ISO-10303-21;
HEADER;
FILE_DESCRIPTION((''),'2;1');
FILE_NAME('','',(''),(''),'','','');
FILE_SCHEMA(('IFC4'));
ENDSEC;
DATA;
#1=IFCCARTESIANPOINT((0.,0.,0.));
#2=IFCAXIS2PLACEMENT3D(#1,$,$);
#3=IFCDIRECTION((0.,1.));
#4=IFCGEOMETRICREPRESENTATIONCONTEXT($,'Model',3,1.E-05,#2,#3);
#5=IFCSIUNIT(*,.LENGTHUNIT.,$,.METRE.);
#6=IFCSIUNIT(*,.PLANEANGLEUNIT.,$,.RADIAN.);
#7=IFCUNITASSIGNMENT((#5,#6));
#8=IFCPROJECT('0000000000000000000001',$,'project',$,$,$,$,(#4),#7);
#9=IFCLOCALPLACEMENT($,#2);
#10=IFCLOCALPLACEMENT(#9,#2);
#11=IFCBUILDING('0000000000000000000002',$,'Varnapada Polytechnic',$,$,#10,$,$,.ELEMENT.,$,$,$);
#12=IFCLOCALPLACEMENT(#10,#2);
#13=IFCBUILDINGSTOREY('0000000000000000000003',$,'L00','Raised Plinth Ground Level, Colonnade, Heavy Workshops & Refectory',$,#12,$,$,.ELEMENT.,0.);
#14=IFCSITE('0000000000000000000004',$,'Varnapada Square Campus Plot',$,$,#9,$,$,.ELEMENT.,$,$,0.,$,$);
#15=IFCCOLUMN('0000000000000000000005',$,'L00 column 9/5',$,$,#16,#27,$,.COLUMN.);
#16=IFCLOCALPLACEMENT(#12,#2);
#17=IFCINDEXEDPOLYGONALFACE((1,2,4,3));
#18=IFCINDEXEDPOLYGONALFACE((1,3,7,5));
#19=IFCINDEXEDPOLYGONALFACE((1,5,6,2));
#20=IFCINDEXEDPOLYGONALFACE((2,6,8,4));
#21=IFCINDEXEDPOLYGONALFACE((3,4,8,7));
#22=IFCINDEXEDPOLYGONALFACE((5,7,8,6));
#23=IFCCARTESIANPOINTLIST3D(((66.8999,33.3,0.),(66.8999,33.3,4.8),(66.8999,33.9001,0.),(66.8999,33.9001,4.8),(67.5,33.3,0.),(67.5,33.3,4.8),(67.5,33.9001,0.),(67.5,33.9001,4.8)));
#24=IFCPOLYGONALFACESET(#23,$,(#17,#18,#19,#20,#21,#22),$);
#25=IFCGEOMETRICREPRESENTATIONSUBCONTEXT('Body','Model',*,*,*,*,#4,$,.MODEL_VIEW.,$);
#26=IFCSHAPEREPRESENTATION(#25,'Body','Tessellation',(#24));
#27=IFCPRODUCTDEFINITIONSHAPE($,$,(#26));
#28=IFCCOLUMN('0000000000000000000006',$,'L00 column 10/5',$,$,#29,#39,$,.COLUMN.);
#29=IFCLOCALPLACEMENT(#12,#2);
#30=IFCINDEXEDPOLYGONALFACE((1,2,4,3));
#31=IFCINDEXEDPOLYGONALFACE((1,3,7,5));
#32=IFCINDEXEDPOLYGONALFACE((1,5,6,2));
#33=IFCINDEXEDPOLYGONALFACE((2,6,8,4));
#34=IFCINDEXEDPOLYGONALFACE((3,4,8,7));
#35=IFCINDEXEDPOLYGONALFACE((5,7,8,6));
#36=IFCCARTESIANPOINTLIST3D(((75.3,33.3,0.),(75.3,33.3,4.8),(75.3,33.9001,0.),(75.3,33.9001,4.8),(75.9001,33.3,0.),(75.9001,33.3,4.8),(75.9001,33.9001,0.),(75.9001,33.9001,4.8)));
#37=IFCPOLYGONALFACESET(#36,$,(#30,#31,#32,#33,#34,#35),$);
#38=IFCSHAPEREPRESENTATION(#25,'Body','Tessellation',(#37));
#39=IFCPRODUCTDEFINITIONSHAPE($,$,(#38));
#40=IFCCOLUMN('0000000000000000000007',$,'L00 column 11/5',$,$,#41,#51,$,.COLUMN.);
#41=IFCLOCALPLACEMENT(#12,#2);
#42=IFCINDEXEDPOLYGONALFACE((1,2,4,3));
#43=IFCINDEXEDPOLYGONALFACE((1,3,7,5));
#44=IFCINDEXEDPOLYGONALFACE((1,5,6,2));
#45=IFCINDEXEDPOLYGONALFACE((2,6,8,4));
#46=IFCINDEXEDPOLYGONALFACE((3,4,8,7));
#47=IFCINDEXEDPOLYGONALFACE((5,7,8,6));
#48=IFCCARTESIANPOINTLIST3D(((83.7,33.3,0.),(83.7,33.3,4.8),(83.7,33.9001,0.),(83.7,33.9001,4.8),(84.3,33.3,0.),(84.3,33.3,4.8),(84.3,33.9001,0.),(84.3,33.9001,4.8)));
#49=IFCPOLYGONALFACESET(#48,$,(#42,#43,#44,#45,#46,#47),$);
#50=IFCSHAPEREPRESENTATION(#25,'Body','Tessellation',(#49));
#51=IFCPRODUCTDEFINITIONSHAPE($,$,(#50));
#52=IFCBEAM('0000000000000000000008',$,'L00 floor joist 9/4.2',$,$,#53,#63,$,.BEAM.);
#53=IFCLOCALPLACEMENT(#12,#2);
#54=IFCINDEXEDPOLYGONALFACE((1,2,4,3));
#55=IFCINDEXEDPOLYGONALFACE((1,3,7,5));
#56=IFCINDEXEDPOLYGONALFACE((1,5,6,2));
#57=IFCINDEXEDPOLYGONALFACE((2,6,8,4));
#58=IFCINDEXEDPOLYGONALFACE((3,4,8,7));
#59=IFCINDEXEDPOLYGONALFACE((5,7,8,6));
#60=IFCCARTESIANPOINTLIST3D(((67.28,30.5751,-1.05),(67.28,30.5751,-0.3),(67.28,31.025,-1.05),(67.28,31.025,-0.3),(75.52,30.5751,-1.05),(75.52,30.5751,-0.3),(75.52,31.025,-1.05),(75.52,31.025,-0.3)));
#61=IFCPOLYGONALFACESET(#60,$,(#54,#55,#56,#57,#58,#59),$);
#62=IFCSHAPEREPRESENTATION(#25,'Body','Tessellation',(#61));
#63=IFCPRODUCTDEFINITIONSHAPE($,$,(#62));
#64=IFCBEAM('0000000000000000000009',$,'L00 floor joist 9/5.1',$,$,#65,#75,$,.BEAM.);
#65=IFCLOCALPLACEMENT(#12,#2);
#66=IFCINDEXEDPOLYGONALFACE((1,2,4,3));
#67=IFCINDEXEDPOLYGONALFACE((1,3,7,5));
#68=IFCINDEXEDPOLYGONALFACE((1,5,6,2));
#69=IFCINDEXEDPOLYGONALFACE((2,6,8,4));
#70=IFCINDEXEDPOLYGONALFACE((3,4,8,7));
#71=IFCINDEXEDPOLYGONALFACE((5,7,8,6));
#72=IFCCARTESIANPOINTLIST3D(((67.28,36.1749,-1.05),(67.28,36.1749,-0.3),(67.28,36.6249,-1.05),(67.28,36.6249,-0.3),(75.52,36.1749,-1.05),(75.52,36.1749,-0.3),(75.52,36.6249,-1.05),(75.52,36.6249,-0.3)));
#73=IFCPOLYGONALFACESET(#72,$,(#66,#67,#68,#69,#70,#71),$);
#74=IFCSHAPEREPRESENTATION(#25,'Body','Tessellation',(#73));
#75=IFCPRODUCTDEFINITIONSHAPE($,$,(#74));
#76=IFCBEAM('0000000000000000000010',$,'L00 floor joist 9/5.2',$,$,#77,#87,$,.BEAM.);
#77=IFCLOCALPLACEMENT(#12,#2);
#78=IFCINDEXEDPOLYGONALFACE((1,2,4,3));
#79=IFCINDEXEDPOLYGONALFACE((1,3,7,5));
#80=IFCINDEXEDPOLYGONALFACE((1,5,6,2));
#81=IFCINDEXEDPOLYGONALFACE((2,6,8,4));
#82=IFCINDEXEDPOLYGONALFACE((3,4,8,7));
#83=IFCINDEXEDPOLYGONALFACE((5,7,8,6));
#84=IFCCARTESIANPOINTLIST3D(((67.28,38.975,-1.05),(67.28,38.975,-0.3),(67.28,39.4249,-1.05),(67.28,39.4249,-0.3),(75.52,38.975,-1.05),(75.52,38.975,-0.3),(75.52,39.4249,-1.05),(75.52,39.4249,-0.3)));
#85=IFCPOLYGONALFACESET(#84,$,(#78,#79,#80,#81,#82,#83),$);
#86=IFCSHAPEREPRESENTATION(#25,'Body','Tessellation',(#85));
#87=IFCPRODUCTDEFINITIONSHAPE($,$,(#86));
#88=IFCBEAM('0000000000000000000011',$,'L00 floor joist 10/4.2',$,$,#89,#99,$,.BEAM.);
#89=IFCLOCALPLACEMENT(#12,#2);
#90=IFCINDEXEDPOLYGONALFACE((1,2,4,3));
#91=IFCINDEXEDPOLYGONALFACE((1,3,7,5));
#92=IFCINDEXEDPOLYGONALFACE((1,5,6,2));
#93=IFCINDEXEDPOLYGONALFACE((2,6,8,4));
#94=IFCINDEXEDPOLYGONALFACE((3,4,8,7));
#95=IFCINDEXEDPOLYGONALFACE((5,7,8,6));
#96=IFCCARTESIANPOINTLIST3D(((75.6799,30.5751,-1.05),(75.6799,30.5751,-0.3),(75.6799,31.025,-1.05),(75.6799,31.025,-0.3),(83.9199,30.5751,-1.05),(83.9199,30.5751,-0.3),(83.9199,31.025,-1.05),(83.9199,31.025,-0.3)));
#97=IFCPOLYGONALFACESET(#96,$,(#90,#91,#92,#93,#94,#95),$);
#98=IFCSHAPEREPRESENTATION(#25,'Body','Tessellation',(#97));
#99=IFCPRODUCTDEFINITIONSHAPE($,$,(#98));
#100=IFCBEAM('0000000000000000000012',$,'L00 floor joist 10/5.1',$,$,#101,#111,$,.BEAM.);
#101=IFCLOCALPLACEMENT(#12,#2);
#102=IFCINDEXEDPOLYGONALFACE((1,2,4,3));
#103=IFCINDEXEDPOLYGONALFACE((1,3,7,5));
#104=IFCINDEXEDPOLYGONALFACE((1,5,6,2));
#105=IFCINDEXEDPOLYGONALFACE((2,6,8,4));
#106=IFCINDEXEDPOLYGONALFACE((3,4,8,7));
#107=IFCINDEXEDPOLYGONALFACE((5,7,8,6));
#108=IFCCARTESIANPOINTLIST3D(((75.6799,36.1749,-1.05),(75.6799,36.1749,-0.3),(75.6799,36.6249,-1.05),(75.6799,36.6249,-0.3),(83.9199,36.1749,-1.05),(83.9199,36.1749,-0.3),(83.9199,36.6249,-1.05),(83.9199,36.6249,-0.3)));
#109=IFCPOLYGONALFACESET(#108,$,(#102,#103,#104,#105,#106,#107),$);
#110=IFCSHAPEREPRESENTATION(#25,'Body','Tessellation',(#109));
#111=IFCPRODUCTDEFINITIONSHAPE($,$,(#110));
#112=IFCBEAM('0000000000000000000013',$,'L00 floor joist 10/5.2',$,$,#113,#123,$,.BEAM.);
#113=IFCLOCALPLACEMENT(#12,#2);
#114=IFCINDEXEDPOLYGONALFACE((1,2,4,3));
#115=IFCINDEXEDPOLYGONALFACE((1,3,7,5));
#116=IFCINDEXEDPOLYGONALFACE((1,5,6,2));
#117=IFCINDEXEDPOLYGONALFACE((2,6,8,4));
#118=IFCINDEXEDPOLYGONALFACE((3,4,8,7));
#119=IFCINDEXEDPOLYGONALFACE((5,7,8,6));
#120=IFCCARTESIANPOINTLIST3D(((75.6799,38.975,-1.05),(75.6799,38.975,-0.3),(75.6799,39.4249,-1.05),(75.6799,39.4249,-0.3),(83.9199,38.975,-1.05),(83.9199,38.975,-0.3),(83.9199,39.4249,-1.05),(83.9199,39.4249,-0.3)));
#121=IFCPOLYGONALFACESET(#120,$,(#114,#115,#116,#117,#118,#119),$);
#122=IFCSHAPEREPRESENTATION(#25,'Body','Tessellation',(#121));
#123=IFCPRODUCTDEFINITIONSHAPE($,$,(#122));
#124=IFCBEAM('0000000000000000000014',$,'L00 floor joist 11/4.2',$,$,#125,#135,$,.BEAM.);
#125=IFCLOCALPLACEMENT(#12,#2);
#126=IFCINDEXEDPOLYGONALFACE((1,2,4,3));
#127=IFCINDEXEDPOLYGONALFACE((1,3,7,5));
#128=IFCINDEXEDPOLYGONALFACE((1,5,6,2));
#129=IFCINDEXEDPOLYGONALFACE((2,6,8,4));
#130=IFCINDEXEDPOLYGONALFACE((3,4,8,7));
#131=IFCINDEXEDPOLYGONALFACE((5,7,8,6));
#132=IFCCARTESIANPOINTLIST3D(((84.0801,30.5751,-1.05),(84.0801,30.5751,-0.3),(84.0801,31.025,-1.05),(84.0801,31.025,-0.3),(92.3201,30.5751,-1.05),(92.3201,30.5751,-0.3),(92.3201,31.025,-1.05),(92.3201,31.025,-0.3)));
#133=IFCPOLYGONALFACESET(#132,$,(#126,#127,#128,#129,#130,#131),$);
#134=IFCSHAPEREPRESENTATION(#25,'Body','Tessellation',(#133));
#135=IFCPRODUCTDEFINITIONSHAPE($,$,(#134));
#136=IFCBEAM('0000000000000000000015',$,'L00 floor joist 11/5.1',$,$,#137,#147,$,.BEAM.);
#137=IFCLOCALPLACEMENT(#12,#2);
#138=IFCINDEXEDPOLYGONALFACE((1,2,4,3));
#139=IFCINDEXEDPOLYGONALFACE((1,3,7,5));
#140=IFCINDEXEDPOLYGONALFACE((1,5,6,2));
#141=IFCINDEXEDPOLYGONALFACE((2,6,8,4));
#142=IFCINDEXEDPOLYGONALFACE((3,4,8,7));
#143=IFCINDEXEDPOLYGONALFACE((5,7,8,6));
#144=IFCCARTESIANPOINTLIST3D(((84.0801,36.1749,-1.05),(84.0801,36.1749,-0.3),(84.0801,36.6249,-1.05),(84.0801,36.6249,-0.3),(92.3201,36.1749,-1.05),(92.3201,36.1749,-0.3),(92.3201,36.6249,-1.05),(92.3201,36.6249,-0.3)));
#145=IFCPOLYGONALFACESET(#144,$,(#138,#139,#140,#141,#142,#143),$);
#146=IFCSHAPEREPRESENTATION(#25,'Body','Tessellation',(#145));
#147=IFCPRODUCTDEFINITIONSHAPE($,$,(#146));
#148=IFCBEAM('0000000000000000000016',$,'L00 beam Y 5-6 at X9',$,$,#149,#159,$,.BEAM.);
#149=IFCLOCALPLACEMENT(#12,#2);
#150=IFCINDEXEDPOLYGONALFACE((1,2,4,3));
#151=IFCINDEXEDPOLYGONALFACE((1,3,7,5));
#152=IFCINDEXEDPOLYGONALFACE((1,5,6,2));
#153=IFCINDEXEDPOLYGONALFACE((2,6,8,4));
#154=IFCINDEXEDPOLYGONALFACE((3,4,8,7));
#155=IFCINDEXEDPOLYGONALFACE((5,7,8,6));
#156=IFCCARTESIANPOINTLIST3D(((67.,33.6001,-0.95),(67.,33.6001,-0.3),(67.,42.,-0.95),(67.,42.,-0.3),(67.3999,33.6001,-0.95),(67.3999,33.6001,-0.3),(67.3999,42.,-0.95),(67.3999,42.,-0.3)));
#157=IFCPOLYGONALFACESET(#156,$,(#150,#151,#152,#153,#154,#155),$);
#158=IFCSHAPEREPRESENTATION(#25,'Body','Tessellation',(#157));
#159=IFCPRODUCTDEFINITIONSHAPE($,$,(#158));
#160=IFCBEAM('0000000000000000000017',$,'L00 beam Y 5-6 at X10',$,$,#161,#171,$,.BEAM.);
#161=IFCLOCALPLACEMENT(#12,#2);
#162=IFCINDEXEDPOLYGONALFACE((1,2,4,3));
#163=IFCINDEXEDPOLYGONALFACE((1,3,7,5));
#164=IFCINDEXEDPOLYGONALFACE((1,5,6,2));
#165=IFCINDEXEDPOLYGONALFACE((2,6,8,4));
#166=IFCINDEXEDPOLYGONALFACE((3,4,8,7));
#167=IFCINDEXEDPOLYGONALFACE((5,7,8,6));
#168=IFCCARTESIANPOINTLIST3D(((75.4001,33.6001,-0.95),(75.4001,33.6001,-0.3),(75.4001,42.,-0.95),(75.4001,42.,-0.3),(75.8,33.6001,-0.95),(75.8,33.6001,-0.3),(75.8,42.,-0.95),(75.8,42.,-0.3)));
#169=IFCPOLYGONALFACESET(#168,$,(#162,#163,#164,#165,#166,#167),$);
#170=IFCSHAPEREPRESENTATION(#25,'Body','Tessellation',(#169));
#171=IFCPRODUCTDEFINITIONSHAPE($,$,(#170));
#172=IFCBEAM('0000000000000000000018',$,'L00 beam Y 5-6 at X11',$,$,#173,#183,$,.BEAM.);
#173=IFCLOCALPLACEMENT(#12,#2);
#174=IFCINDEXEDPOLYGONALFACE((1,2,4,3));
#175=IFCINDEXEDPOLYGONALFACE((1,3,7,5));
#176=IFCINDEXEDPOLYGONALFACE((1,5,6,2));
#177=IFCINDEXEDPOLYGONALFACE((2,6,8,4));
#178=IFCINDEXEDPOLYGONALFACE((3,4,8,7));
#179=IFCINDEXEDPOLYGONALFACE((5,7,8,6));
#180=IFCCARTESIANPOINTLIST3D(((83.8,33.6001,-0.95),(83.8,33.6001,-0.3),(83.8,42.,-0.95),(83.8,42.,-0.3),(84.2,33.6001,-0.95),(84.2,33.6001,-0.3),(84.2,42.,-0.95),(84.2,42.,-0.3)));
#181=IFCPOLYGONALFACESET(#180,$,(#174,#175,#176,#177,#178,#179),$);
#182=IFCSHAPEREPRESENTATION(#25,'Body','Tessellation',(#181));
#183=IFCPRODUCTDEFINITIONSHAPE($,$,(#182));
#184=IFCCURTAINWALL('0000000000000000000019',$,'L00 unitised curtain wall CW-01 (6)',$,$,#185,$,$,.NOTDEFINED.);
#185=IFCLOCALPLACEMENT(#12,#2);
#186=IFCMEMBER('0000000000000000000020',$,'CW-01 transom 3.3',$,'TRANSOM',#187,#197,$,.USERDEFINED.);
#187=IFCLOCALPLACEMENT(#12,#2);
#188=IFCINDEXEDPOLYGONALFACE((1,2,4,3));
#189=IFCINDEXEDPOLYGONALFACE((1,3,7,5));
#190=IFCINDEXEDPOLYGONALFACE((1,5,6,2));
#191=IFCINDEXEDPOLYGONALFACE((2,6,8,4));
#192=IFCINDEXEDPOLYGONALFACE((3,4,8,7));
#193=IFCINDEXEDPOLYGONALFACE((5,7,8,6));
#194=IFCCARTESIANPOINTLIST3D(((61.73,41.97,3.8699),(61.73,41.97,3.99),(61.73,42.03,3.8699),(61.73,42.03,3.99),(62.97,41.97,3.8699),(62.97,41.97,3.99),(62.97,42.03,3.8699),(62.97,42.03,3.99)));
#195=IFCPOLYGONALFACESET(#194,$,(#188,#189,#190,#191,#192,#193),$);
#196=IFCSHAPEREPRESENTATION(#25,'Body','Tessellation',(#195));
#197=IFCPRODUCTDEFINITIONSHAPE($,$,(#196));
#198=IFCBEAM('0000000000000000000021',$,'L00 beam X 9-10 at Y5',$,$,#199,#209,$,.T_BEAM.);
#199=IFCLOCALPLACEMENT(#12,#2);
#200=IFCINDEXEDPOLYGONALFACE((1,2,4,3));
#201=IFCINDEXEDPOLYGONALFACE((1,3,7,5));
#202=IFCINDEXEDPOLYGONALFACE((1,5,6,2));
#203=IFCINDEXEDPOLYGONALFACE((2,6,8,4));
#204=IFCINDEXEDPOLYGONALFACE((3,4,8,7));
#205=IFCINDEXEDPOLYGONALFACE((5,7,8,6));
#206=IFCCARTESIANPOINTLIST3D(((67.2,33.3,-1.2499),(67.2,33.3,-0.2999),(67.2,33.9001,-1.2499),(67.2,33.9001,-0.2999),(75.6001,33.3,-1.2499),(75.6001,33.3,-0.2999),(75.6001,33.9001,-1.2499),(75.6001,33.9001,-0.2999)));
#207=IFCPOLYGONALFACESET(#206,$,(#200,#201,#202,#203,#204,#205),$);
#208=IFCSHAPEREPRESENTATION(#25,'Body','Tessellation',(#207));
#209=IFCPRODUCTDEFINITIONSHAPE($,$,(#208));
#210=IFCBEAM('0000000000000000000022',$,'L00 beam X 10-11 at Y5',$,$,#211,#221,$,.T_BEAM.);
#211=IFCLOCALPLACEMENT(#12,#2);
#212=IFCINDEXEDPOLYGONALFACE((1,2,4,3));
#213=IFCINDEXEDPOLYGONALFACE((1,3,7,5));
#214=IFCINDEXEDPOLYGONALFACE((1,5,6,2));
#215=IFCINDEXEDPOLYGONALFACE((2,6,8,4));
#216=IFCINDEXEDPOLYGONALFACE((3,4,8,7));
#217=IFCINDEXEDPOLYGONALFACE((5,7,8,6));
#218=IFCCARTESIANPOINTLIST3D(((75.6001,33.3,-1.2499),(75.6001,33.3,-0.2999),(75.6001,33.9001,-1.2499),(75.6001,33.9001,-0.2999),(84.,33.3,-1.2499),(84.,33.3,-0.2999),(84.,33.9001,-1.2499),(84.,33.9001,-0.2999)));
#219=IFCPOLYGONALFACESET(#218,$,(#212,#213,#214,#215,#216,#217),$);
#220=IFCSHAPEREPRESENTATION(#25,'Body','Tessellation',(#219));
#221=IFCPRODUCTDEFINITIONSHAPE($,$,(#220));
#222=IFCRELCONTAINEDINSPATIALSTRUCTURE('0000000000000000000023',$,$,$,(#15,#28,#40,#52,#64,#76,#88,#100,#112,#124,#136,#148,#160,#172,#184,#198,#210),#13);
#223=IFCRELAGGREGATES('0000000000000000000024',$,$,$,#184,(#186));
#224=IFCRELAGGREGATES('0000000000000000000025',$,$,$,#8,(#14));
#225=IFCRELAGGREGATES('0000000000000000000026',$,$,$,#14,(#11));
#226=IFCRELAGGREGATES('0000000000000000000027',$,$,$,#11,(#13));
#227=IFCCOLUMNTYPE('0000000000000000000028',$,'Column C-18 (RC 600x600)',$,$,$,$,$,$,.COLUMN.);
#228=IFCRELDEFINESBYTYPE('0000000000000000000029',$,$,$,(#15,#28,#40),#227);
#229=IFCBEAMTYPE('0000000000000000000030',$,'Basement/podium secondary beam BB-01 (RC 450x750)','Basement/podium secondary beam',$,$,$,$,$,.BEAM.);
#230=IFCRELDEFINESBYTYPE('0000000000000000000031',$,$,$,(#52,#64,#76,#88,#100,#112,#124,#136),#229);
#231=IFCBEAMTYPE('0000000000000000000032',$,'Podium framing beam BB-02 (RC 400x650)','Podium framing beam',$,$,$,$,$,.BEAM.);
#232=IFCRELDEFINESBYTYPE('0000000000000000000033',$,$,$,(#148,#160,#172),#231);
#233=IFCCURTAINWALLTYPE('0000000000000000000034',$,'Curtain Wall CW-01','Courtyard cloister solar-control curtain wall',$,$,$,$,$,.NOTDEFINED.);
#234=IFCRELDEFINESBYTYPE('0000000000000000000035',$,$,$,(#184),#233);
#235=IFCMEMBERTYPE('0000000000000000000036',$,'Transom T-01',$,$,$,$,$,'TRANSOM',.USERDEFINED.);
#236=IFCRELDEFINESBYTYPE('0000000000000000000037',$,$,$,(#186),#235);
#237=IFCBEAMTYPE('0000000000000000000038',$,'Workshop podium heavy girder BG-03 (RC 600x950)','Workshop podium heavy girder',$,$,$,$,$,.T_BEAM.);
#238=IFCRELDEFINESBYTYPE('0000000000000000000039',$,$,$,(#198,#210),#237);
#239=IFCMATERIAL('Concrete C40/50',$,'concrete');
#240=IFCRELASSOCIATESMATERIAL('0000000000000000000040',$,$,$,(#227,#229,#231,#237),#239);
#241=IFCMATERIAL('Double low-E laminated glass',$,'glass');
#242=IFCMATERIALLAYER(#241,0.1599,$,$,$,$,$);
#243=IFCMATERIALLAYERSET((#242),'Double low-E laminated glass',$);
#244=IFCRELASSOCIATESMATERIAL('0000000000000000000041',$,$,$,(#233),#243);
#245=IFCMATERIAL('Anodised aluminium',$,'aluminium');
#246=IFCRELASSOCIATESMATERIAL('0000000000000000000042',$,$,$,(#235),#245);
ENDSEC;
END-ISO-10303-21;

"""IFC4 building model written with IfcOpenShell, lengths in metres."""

from ifc_helpers import new_model, si_unit, direction, frame, origin, origin_2d, place, context, subcontext, project, spatial, rectangle, extrude, material, layer, layer_set, material_profile, profile_set, type_object, element, aggregate, save


model = new_model("IFC4")

# Units and contexts
model_context = context("Model", 3, precision=1e-05, world=origin(), true_north=direction((0.0, 1.0)))
body_context = subcontext(model_context, "Body", "Model", "MODEL_VIEW")
ifc_project = project(units=[si_unit("LENGTHUNIT", "METRE"), si_unit("PLANEANGLEUNIT", "RADIAN")], contexts=[model_context])

# Site, building, storey
site_placement = place(None, origin())
site = spatial("IfcSite", under=ifc_project, at=site_placement, Name="Varnapada Square Campus Plot", CompositionType="ELEMENT", RefElevation=0.0)
building_placement = place(site_placement, origin())
building = spatial("IfcBuilding", under=site, at=building_placement, Name="Varnapada Polytechnic", CompositionType="ELEMENT")
storey_placement = place(building_placement, origin())
storey = spatial("IfcBuildingStorey", under=building, at=storey_placement, Name="L00", Description="Raised Plinth Ground Level, Colonnade, Heavy Workshops & Refectory", CompositionType="ELEMENT", Elevation=0.0)

# Columns
ifc_material_1 = material(Name="Concrete C40/50", Category="concrete")
ifc_material_profile_1 = material_profile(ifc_material_1, rectangle(XDim=0.6001, YDim=0.6001, at=origin_2d()), Name="RC 600x600")
ifc_profile_set_1 = profile_set([ifc_material_profile_1], Name="Concrete C40/50")
column_type = type_object("IfcColumnType", Name="Column C-18 (RC 600x600)", PredefinedType="COLUMN", material=ifc_profile_set_1)
for number, where, z_axis, x_axis, name in (
    (1, (67.2, 33.6001, 0.0), (0.0, 0.0, 1.0), (1.0, 0.0, 0.0), "L00 column 9/5"),
    (2, (75.6001, 33.6001, 0.0), (0.0, 0.0, 1.0), (1.0, 0.0, 0.0), "L00 column 10/5"),
    (3, (84.0, 33.6001, 0.0), (0.0, 0.0, 1.0), (1.0, 0.0, 0.0), "L00 column 11/5"),
):
    element("IfcColumn", number, at=place(storey_placement, frame(where, z_axis=z_axis, x_axis=x_axis)), inside=storey, type_object=column_type, Name=name, PredefinedType="COLUMN", context=body_context, shape_type="SweptSolid", body=[
        extrude(rectangle(XDim=0.6001, YDim=0.6001, at=origin_2d()), origin(), (0.0, 0.0, 1.0), 4.8),
    ])

# Beams
ifc_material_profile_2 = material_profile(ifc_material_1, rectangle(XDim=0.45, YDim=0.75, at=origin_2d()), Name="RC 450x750")
ifc_profile_set_2 = profile_set([ifc_material_profile_2], Name="Concrete C40/50")
beam_type_1 = type_object("IfcBeamType", Name="Basement/podium secondary beam BB-01 (RC 450x750)", Description="Basement/podium secondary beam", PredefinedType="BEAM", material=ifc_profile_set_2)
for number, where, z_axis, x_axis, name in (
    (4, (67.28, 30.8, -0.675), (1.0, 0.0, 0.0), (0.0, 1.0, 0.0), "L00 floor joist 9/4.2"),
    (5, (67.28, 36.3999, -0.675), (1.0, 0.0, 0.0), (0.0, 1.0, 0.0), "L00 floor joist 9/5.1"),
    (6, (67.28, 39.2, -0.675), (1.0, 0.0, 0.0), (0.0, 1.0, 0.0), "L00 floor joist 9/5.2"),
    (7, (75.6799, 30.8, -0.675), (1.0, 0.0, 0.0), (0.0, 1.0, 0.0), "L00 floor joist 10/4.2"),
    (8, (75.6799, 36.3999, -0.675), (1.0, 0.0, 0.0), (0.0, 1.0, 0.0), "L00 floor joist 10/5.1"),
    (9, (75.6799, 39.2, -0.675), (1.0, 0.0, 0.0), (0.0, 1.0, 0.0), "L00 floor joist 10/5.2"),
    (10, (84.0801, 30.8, -0.675), (1.0, 0.0, 0.0), (0.0, 1.0, 0.0), "L00 floor joist 11/4.2"),
    (11, (84.0801, 36.3999, -0.675), (1.0, 0.0, 0.0), (0.0, 1.0, 0.0), "L00 floor joist 11/5.1"),
):
    element("IfcBeam", number, at=place(storey_placement, frame(where, z_axis=z_axis, x_axis=x_axis)), inside=storey, type_object=beam_type_1, Name=name, PredefinedType="BEAM", context=body_context, shape_type="SweptSolid", body=[
        extrude(rectangle(XDim=0.45, YDim=0.75, at=origin_2d()), origin(), (0.0, 0.0, 1.0), 8.24),
    ])
ifc_material_profile_3 = material_profile(ifc_material_1, rectangle(XDim=0.3999, YDim=0.6499, at=origin_2d()), Name="RC 400x650")
ifc_profile_set_3 = profile_set([ifc_material_profile_3], Name="Concrete C40/50")
beam_type_2 = type_object("IfcBeamType", Name="Podium framing beam BB-02 (RC 400x650)", Description="Podium framing beam", PredefinedType="BEAM", material=ifc_profile_set_3)
for number, where, z_axis, x_axis, name in (
    (12, (67.2, 33.6001, -0.625), (0.0, 1.0, 0.0), (-1.0, 0.0, 0.0), "L00 beam Y 5-6 at X9"),
    (13, (75.6001, 33.6001, -0.625), (0.0, 1.0, 0.0), (-1.0, 0.0, 0.0), "L00 beam Y 5-6 at X10"),
    (14, (84.0, 33.6001, -0.625), (0.0, 1.0, 0.0), (-1.0, 0.0, 0.0), "L00 beam Y 5-6 at X11"),
):
    element("IfcBeam", number, at=place(storey_placement, frame(where, z_axis=z_axis, x_axis=x_axis)), inside=storey, type_object=beam_type_2, Name=name, PredefinedType="BEAM", context=body_context, shape_type="SweptSolid", body=[
        extrude(rectangle(XDim=0.3999, YDim=0.6499, at=origin_2d()), origin(), (0.0, 0.0, 1.0), 8.3999),
    ])

# Curtain wall, member
ifc_material_2 = material(Name="Double low-E laminated glass", Category="glass")
ifc_layer_1 = layer(ifc_material_2, 0.1599)
ifc_layer_set_1 = layer_set([ifc_layer_1], Name="Double low-E laminated glass")
curtain_wall_type = type_object("IfcCurtainWallType", Name="Curtain Wall CW-01", Description="Courtyard cloister solar-control curtain wall", PredefinedType="NOTDEFINED", material=ifc_layer_set_1)
curtain_wall_placement = place(storey_placement, origin())
curtain_wall = element("IfcCurtainWall", 15, at=curtain_wall_placement, inside=storey, type_object=curtain_wall_type, Name="L00 unitised curtain wall CW-01 (6)", PredefinedType="NOTDEFINED")
ifc_material_3 = material(Name="Anodised aluminium", Category="aluminium")
ifc_material_profile_4 = material_profile(ifc_material_3, rectangle(XDim=0.0601, YDim=0.1201, at=origin_2d()), Name="ALU T60x120")
ifc_profile_set_4 = profile_set([ifc_material_profile_4], Name="Anodised aluminium")
member_type = type_object("IfcMemberType", Name="Transom T-01", ElementType="TRANSOM", PredefinedType="USERDEFINED", material=ifc_profile_set_4)
member_placement = place(storey_placement, frame((61.73, 42.0, 3.9299), z_axis=(1.0, 0.0, 0.0), x_axis=(0.0, 1.0, 0.0)))
member = element("IfcMember", 16, at=member_placement, type_object=member_type, Name="CW-01 transom 3.3", ObjectType="TRANSOM", PredefinedType="USERDEFINED", context=body_context, shape_type="SweptSolid", body=[
    extrude(rectangle(XDim=0.0601, YDim=0.1201, at=origin_2d()), origin(), (0.0, 0.0, 1.0), 1.24),
])
aggregate(curtain_wall, [member])

# Beams
ifc_material_profile_5 = material_profile(ifc_material_1, rectangle(XDim=0.6001, YDim=0.95, at=origin_2d()), Name="RC 600x950")
ifc_profile_set_5 = profile_set([ifc_material_profile_5], Name="Concrete C40/50")
beam_type_3 = type_object("IfcBeamType", Name="Workshop podium heavy girder BG-03 (RC 600x950)", Description="Workshop podium heavy girder", PredefinedType="T_BEAM", material=ifc_profile_set_5)
beam_placement = place(storey_placement, frame((67.2, 33.6001, -0.7749), z_axis=(1.0, 0.0, 0.0), x_axis=(0.0, 1.0, 0.0)))
element("IfcBeam", 17, at=beam_placement, inside=storey, type_object=beam_type_3, Name="L00 beam X 9-10 at Y5", PredefinedType="T_BEAM", context=body_context, shape_type="SweptSolid", body=[
    extrude(rectangle(XDim=0.6001, YDim=0.95, at=origin_2d()), origin(), (0.0, 0.0, 1.0), 8.4001),
])
for number, where, z_axis, x_axis, name in (
    (18, (75.6001, 33.6001, -0.7749), (1.0, 0.0, 0.0), (0.0, 1.0, 0.0), "L00 beam X 10-11 at Y5"),
):
    element("IfcBeam", number, at=place(storey_placement, frame(where, z_axis=z_axis, x_axis=x_axis)), inside=storey, type_object=beam_type_3, Name=name, PredefinedType="T_BEAM", context=body_context, shape_type="SweptSolid", body=[
        extrude(rectangle(XDim=0.6001, YDim=0.95, at=origin_2d()), origin(), (0.0, 0.0, 1.0), 8.3999),
    ])

save(model, "model.ifc")
